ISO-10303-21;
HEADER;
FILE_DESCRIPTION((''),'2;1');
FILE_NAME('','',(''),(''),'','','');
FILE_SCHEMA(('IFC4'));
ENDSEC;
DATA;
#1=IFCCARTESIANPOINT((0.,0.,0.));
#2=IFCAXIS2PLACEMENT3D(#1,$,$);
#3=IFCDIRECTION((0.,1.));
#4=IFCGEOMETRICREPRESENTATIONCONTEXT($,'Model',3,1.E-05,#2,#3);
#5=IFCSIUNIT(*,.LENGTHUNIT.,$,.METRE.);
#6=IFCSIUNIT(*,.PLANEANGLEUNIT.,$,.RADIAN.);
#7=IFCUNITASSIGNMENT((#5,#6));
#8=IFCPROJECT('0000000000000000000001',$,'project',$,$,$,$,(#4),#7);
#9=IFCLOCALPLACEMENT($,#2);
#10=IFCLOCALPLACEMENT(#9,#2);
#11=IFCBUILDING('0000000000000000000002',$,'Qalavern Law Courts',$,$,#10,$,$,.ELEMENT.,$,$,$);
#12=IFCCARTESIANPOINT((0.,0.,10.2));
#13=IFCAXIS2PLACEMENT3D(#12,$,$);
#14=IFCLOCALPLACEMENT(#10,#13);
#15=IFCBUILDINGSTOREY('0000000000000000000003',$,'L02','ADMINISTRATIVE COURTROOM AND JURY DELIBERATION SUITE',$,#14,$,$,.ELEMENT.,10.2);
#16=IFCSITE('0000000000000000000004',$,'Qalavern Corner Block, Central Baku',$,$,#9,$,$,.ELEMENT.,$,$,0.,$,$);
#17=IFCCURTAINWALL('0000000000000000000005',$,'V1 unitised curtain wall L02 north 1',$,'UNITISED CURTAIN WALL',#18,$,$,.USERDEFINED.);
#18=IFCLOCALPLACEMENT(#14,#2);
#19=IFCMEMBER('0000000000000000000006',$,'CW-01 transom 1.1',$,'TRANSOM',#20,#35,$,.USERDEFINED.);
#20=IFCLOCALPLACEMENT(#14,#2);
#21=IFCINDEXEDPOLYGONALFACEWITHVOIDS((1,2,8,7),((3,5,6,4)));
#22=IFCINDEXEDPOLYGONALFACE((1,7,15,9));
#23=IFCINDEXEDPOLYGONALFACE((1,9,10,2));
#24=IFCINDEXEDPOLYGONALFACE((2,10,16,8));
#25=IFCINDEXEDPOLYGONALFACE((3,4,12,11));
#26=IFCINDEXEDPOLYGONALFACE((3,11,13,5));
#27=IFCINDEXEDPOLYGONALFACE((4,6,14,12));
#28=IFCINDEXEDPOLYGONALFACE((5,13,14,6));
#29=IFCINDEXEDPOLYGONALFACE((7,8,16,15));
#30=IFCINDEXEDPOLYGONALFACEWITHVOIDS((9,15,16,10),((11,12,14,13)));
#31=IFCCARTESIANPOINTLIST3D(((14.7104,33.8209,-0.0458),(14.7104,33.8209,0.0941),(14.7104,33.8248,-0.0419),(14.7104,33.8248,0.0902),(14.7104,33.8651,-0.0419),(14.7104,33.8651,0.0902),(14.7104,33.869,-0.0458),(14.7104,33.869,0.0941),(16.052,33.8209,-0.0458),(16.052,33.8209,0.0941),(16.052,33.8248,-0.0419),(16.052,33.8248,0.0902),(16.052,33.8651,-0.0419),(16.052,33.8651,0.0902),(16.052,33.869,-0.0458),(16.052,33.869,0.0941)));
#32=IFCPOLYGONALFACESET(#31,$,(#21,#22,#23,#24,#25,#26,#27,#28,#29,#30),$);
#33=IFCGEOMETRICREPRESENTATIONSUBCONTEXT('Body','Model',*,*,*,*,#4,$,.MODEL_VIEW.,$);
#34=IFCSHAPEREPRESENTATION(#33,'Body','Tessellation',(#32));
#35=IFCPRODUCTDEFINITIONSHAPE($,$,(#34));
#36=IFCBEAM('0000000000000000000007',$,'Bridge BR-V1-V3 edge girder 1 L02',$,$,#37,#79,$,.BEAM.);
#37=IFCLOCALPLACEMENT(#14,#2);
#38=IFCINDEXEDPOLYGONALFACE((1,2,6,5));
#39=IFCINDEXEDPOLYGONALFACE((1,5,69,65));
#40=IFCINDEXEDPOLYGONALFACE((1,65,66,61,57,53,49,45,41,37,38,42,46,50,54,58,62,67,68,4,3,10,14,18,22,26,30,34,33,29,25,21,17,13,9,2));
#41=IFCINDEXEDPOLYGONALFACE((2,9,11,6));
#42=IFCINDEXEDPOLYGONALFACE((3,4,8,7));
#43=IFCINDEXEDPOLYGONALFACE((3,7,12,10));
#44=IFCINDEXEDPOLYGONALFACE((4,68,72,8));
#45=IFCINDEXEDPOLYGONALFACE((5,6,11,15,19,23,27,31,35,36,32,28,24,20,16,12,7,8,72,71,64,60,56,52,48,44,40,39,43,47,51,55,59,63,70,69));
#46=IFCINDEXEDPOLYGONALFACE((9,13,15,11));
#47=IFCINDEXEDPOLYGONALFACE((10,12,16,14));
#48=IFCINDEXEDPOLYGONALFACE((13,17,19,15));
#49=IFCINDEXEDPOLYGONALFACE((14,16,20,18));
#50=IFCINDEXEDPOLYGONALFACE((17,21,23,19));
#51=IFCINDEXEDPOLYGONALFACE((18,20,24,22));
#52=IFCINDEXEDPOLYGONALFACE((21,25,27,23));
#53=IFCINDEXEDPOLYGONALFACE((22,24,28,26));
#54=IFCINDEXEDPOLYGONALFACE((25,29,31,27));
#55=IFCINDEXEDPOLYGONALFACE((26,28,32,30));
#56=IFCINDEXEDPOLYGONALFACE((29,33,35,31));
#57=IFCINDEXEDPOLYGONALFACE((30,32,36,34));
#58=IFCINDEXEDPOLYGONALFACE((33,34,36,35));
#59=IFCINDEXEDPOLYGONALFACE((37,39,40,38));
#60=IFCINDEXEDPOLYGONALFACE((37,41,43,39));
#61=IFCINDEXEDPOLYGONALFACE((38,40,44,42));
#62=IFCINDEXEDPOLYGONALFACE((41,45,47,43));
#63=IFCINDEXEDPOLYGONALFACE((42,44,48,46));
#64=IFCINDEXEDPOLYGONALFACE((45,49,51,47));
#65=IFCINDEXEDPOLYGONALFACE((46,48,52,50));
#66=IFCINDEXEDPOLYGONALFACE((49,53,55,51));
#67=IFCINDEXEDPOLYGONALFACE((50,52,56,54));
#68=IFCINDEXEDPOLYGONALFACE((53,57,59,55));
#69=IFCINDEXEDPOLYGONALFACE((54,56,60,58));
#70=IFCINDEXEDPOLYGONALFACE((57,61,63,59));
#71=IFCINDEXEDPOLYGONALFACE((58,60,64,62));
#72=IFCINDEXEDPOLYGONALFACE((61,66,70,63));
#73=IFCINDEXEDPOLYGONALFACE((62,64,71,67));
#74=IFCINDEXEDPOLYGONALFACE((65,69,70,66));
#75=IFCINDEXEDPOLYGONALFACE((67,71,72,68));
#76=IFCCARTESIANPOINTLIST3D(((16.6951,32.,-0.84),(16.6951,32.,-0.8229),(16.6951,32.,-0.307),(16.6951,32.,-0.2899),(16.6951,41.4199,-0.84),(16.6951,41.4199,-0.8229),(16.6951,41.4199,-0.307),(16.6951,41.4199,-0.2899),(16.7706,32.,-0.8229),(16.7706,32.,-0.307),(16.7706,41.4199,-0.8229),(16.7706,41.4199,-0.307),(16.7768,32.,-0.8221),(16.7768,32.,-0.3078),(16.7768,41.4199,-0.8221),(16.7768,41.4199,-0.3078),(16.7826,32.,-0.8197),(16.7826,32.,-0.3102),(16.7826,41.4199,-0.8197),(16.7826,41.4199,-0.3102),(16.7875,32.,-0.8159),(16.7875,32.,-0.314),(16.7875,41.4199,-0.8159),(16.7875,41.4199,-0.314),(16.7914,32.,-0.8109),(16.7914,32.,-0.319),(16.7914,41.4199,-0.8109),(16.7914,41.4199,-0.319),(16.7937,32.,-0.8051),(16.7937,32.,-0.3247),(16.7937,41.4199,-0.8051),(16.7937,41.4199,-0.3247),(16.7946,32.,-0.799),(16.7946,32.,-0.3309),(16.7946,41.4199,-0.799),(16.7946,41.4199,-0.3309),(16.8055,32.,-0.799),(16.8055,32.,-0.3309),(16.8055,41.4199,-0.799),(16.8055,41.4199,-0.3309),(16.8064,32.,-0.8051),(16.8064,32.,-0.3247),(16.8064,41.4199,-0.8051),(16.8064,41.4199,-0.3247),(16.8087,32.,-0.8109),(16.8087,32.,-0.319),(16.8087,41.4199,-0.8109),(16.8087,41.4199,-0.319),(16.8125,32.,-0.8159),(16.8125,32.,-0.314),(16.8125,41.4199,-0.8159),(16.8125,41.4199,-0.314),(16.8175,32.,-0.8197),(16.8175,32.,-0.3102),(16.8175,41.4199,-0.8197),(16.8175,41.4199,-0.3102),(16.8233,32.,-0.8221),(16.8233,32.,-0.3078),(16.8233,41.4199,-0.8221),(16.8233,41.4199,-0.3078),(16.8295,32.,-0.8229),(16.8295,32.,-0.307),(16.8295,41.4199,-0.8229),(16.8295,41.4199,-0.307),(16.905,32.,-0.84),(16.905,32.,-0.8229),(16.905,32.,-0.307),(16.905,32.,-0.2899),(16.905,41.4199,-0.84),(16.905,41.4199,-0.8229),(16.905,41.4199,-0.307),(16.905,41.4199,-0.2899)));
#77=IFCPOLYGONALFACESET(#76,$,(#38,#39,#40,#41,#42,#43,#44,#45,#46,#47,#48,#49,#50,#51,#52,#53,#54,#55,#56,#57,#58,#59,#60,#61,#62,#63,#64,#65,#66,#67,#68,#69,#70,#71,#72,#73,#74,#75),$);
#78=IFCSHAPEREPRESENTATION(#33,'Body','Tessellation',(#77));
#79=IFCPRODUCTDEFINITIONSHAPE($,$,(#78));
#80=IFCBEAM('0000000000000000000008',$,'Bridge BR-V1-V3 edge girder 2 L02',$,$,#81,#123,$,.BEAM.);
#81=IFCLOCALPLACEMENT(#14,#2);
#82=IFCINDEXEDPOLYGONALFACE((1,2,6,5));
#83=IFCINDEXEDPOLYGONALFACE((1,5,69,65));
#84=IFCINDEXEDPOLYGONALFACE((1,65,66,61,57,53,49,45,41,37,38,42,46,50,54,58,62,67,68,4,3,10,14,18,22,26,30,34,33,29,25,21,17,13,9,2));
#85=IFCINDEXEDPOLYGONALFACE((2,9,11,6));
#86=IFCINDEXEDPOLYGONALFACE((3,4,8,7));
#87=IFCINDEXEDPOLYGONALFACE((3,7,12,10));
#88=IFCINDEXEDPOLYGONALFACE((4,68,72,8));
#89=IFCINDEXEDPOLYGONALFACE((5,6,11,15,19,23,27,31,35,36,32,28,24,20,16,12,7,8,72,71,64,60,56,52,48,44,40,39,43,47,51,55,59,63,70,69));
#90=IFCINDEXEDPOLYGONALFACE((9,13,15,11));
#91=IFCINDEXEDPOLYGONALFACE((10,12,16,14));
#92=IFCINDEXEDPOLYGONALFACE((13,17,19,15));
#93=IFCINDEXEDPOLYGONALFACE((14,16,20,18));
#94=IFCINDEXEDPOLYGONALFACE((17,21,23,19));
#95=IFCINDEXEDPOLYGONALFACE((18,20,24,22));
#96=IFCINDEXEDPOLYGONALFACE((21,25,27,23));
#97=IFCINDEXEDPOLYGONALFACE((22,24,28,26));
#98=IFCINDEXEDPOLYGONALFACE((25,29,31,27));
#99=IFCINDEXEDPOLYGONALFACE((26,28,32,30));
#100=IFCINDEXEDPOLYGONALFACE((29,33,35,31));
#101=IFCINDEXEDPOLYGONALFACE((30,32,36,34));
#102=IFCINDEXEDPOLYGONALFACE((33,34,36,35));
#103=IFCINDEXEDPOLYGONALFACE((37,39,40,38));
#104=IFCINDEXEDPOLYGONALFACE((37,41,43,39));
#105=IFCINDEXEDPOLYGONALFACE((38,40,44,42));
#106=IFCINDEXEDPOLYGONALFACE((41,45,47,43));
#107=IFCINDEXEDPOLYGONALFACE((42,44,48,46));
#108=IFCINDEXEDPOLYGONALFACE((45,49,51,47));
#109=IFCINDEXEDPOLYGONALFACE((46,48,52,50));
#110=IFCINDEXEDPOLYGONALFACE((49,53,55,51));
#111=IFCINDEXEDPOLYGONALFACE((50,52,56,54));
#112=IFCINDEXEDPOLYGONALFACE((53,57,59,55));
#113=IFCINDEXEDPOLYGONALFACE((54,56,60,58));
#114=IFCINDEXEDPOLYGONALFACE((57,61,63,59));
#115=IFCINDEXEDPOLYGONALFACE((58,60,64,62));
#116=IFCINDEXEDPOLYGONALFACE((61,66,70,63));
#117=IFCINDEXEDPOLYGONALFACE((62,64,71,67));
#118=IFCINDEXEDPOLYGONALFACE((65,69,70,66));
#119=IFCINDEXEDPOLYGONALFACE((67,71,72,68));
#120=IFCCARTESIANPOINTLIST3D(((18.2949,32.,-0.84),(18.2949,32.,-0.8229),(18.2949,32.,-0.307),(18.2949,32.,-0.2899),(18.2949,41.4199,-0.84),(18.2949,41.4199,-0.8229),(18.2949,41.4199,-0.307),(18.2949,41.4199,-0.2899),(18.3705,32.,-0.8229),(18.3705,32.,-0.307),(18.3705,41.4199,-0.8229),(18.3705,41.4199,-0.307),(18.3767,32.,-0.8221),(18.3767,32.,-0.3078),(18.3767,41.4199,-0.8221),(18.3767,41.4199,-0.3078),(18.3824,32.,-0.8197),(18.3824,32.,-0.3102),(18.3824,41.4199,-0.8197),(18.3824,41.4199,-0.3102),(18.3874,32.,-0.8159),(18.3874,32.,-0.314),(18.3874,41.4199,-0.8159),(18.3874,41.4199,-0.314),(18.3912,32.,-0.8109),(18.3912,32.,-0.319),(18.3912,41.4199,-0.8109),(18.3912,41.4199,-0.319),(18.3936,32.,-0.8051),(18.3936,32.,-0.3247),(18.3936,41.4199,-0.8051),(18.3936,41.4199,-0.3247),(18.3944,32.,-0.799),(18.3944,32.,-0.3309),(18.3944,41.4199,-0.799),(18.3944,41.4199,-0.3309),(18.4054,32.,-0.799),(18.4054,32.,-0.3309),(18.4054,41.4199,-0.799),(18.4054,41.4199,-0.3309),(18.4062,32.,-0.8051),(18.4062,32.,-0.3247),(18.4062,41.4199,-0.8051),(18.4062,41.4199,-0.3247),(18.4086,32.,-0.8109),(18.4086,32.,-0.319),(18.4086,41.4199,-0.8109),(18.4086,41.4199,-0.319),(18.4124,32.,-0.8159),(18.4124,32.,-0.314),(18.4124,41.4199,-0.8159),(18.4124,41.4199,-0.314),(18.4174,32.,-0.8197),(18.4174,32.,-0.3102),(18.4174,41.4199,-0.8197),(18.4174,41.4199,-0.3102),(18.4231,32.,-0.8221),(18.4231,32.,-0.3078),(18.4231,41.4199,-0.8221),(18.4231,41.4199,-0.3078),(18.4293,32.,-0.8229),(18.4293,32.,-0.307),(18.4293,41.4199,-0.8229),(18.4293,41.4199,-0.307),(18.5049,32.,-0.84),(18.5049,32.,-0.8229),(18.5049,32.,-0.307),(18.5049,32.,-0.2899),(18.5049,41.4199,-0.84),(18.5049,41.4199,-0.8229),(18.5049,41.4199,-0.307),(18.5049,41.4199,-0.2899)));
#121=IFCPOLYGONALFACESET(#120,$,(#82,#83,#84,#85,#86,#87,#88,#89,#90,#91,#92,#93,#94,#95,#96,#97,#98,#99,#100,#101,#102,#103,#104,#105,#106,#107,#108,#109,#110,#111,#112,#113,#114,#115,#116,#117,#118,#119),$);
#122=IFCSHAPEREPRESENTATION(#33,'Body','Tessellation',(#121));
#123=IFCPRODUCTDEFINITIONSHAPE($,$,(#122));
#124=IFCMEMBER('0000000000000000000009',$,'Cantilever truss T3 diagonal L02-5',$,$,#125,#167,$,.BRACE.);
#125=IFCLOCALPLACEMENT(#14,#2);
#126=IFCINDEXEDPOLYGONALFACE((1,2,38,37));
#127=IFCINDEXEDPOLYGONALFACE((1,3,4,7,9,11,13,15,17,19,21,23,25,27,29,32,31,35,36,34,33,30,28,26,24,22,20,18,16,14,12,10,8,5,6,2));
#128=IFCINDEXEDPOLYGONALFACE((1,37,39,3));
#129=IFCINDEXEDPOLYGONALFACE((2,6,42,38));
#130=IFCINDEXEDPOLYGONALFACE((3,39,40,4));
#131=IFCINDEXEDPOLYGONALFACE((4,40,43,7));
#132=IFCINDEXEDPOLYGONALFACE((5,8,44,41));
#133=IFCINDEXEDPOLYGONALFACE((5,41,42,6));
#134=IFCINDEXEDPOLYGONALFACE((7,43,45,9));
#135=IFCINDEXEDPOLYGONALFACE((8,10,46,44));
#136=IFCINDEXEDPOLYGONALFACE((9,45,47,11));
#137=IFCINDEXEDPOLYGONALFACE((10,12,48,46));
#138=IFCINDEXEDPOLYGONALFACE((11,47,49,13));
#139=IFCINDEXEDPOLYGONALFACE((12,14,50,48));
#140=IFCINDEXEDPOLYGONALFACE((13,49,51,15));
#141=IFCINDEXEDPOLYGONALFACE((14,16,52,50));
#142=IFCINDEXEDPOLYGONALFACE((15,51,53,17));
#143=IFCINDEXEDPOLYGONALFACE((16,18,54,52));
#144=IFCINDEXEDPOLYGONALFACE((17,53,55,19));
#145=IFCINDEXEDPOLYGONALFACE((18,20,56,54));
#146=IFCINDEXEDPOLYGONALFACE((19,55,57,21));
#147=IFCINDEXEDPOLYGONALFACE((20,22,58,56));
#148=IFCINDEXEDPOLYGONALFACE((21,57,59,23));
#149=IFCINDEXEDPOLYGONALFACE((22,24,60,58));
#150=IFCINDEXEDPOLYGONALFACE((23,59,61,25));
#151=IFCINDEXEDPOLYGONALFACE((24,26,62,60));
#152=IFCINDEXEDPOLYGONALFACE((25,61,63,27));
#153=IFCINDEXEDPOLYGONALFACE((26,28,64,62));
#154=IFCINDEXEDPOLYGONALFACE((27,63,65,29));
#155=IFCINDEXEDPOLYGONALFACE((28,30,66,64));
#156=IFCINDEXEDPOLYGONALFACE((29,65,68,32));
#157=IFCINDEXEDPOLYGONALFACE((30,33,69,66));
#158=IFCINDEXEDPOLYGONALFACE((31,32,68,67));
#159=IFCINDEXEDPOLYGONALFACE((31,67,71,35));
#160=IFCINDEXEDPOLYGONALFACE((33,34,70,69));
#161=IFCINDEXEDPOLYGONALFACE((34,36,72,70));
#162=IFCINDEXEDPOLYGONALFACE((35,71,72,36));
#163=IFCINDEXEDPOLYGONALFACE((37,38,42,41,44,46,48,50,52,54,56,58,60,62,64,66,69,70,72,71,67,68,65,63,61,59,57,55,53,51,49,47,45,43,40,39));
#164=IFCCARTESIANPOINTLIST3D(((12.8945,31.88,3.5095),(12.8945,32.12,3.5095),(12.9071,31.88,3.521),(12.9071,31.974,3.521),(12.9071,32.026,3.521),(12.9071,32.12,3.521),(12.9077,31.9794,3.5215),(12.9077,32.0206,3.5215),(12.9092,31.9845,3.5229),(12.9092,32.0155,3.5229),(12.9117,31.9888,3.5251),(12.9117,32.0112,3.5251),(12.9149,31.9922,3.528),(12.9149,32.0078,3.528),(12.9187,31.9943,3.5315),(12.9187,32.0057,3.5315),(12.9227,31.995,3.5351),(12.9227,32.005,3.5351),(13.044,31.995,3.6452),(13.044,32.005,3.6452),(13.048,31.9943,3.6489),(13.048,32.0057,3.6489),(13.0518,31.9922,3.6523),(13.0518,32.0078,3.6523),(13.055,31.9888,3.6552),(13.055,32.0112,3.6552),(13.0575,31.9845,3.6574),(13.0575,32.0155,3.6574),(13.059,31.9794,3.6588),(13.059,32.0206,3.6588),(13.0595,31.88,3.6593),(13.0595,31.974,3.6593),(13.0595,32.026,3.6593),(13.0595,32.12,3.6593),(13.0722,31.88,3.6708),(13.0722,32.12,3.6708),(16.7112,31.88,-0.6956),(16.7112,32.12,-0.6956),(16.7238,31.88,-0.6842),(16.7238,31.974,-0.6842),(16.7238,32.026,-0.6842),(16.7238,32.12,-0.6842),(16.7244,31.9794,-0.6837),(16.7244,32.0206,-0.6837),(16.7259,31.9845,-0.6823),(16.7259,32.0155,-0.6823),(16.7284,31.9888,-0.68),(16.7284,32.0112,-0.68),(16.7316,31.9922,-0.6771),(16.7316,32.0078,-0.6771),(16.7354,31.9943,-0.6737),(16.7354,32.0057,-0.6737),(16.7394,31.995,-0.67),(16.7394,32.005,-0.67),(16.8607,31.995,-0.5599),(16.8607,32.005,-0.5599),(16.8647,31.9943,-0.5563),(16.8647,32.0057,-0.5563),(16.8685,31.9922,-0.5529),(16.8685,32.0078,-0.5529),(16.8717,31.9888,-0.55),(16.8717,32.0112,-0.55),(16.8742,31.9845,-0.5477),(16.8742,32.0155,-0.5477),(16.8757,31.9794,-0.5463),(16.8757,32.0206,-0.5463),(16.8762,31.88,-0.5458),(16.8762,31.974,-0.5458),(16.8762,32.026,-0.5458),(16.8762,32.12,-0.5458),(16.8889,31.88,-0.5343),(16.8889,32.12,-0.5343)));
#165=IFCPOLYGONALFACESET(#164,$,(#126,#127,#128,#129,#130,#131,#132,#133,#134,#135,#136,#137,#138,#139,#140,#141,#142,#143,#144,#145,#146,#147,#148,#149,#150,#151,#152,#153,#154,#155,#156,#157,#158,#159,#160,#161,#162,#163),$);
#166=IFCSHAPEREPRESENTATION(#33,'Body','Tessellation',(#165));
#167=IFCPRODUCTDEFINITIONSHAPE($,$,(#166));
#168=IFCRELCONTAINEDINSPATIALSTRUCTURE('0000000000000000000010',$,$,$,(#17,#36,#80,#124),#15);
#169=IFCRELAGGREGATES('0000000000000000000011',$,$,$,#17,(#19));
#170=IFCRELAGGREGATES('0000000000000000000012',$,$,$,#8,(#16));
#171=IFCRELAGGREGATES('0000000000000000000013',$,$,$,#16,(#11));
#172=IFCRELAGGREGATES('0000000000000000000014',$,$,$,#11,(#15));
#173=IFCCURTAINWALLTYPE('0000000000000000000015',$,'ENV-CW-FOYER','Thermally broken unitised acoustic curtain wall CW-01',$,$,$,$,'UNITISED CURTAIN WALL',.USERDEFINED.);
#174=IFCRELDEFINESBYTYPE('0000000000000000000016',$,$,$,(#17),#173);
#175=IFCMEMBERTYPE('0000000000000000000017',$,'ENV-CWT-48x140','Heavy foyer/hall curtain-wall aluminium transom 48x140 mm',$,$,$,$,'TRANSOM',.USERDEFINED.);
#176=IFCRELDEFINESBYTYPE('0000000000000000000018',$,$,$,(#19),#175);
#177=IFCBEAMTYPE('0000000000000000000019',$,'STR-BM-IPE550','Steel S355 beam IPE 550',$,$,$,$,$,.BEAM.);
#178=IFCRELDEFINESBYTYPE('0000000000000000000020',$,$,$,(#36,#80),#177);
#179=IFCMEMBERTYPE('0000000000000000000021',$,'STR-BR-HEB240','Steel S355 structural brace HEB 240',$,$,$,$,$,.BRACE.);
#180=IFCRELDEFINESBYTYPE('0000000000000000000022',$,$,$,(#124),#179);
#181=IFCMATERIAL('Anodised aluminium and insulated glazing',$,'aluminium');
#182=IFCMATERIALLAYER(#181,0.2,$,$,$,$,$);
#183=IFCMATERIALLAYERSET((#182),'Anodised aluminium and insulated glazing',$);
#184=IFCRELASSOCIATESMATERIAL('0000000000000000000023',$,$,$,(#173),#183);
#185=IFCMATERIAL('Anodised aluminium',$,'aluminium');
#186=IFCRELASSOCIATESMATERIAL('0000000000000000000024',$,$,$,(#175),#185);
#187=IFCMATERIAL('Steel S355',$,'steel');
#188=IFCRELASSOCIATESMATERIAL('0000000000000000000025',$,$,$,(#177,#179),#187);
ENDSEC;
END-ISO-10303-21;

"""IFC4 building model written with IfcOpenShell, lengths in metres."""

from ifc_helpers import new_model, si_unit, direction, frame, origin, origin_2d, place, context, subcontext, project, spatial, hollow_rectangle, i_section, extrude, material, layer, layer_set, material_profile, profile_set, type_object, element, aggregate, save


model = new_model("IFC4")

# Units and contexts
model_context = context("Model", 3, precision=1e-05, world=origin(), true_north=direction((0.0, 1.0)))
body_context = subcontext(model_context, "Body", "Model", "MODEL_VIEW")
ifc_project = project(units=[si_unit("LENGTHUNIT", "METRE"), si_unit("PLANEANGLEUNIT", "RADIAN")], contexts=[model_context])

# Site, building, storey
site_placement = place(None, origin())
site = spatial("IfcSite", under=ifc_project, at=site_placement, Name="Qalavern Corner Block, Central Baku", CompositionType="ELEMENT", RefElevation=0.0)
building_placement = place(site_placement, origin())
building = spatial("IfcBuilding", under=site, at=building_placement, Name="Qalavern Law Courts", CompositionType="ELEMENT")
storey_placement = place(building_placement, frame((0.0, 0.0, 10.2)))
storey = spatial("IfcBuildingStorey", under=building, at=storey_placement, Name="L02", Description="ADMINISTRATIVE COURTROOM AND JURY DELIBERATION SUITE", CompositionType="ELEMENT", Elevation=10.2)

# Curtain wall
ifc_material_1 = material(Name="Anodised aluminium and insulated glazing", Category="aluminium")
ifc_material_2 = material(Name="Anodised aluminium", Category="aluminium")
ifc_layer_1 = layer(ifc_material_1, 0.2)
ifc_layer_set_1 = layer_set([ifc_layer_1], Name="Anodised aluminium and insulated glazing")
curtain_wall_type_1 = type_object("IfcCurtainWallType", Name="ENV-CW-FOYER", Description="Thermally broken unitised acoustic curtain wall CW-01", ElementType="UNITISED CURTAIN WALL", PredefinedType="USERDEFINED", material=ifc_layer_set_1)
curtain_wall_1_placement = place(storey_placement, origin())
curtain_wall_1 = element("IfcCurtainWall", 1, at=curtain_wall_1_placement, inside=storey, type_object=curtain_wall_type_1, Name="V1 unitised curtain wall L02 north 1", ObjectType="UNITISED CURTAIN WALL", PredefinedType="USERDEFINED")

# Member
ifc_material_profile_1 = material_profile(ifc_material_2, hollow_rectangle(XDim=0.0481, YDim=0.1399, WallThickness=0.0039, at=origin_2d()), Name="ALU TRANSOM 48x140")
ifc_profile_set_1 = profile_set([ifc_material_profile_1], Name="Anodised aluminium")
member_type_1 = type_object("IfcMemberType", Name="ENV-CWT-48x140", Description="Heavy foyer/hall curtain-wall aluminium transom 48x140 mm", ElementType="TRANSOM", PredefinedType="USERDEFINED", material=ifc_profile_set_1)
member_1_placement = place(storey_placement, frame((16.052, 33.845, 0.0242), z_axis=(-1.0, 0.0, 0.0), x_axis=(0.0, -1.0, 0.0)))
member_1 = element("IfcMember", 2, at=member_1_placement, type_object=member_type_1, Name="CW-01 transom 1.1", ObjectType="TRANSOM", PredefinedType="USERDEFINED", context=body_context, shape_type="SweptSolid", body=[
    extrude(hollow_rectangle(XDim=0.0481, YDim=0.1399, WallThickness=0.0039, at=origin_2d()), origin(), (0.0, 0.0, 1.0), 1.3416),
])

# Beams
ifc_material_3 = material(Name="Steel S355", Category="steel")
ifc_material_profile_2 = material_profile(ifc_material_3, i_section(OverallWidth=0.21, OverallDepth=0.55, WebThickness=0.011, FlangeThickness=0.0171, FilletRadius=0.0239, at=origin_2d()), Name="IPE 550")
ifc_profile_set_2 = profile_set([ifc_material_profile_2], Name="Steel S355")
beam_type_1 = type_object("IfcBeamType", Name="STR-BM-IPE550", Description="Steel S355 beam IPE 550", PredefinedType="BEAM", material=ifc_profile_set_2)
for number, where, z_axis, x_axis, name in (
    (3, (16.8, 32.0, -0.5649), (0.0, 1.0, 0.0), (-1.0, 0.0, 0.0), "Bridge BR-V1-V3 edge girder 1 L02"),
    (4, (18.3999, 32.0, -0.5649), (0.0, 1.0, 0.0), (-1.0, 0.0, 0.0), "Bridge BR-V1-V3 edge girder 2 L02"),
):
    element("IfcBeam", number, at=place(storey_placement, frame(where, z_axis=z_axis, x_axis=x_axis)), inside=storey, type_object=beam_type_1, Name=name, PredefinedType="BEAM", context=body_context, shape_type="SweptSolid", body=[
        extrude(i_section(OverallWidth=0.21, OverallDepth=0.55, WebThickness=0.011, FlangeThickness=0.0171, FilletRadius=0.0239, at=origin_2d()), origin(), (0.0, 0.0, 1.0), 9.4199),
    ])

# Member
ifc_material_profile_3 = material_profile(ifc_material_3, i_section(OverallWidth=0.24, OverallDepth=0.24, WebThickness=0.01, FlangeThickness=0.0171, FilletRadius=0.021, at=origin_2d()), Name="HEB 240")
ifc_profile_set_3 = profile_set([ifc_material_profile_3], Name="Steel S355")
member_type_2 = type_object("IfcMemberType", Name="STR-BR-HEB240", Description="Steel S355 structural brace HEB 240", PredefinedType="BRACE", material=ifc_profile_set_3)
member_2_placement = place(storey_placement, frame((16.8, 32.0, -0.615), z_axis=(-0.67208, 0.0, 0.740479), x_axis=(0.0, -1.0, 0.0)))
element("IfcMember", 5, at=member_2_placement, inside=storey, type_object=member_type_2, Name="Cantilever truss T3 diagonal L02-5", PredefinedType="BRACE", context=body_context, shape_type="SweptSolid", body=[
    extrude(i_section(OverallWidth=0.24, OverallDepth=0.24, WebThickness=0.01, FlangeThickness=0.0171, FilletRadius=0.021, at=origin_2d()), origin(), (0.0, 0.0, 1.0), 5.679),
])

aggregate(curtain_wall_1, [member_1])

save(model, "model.ifc")
